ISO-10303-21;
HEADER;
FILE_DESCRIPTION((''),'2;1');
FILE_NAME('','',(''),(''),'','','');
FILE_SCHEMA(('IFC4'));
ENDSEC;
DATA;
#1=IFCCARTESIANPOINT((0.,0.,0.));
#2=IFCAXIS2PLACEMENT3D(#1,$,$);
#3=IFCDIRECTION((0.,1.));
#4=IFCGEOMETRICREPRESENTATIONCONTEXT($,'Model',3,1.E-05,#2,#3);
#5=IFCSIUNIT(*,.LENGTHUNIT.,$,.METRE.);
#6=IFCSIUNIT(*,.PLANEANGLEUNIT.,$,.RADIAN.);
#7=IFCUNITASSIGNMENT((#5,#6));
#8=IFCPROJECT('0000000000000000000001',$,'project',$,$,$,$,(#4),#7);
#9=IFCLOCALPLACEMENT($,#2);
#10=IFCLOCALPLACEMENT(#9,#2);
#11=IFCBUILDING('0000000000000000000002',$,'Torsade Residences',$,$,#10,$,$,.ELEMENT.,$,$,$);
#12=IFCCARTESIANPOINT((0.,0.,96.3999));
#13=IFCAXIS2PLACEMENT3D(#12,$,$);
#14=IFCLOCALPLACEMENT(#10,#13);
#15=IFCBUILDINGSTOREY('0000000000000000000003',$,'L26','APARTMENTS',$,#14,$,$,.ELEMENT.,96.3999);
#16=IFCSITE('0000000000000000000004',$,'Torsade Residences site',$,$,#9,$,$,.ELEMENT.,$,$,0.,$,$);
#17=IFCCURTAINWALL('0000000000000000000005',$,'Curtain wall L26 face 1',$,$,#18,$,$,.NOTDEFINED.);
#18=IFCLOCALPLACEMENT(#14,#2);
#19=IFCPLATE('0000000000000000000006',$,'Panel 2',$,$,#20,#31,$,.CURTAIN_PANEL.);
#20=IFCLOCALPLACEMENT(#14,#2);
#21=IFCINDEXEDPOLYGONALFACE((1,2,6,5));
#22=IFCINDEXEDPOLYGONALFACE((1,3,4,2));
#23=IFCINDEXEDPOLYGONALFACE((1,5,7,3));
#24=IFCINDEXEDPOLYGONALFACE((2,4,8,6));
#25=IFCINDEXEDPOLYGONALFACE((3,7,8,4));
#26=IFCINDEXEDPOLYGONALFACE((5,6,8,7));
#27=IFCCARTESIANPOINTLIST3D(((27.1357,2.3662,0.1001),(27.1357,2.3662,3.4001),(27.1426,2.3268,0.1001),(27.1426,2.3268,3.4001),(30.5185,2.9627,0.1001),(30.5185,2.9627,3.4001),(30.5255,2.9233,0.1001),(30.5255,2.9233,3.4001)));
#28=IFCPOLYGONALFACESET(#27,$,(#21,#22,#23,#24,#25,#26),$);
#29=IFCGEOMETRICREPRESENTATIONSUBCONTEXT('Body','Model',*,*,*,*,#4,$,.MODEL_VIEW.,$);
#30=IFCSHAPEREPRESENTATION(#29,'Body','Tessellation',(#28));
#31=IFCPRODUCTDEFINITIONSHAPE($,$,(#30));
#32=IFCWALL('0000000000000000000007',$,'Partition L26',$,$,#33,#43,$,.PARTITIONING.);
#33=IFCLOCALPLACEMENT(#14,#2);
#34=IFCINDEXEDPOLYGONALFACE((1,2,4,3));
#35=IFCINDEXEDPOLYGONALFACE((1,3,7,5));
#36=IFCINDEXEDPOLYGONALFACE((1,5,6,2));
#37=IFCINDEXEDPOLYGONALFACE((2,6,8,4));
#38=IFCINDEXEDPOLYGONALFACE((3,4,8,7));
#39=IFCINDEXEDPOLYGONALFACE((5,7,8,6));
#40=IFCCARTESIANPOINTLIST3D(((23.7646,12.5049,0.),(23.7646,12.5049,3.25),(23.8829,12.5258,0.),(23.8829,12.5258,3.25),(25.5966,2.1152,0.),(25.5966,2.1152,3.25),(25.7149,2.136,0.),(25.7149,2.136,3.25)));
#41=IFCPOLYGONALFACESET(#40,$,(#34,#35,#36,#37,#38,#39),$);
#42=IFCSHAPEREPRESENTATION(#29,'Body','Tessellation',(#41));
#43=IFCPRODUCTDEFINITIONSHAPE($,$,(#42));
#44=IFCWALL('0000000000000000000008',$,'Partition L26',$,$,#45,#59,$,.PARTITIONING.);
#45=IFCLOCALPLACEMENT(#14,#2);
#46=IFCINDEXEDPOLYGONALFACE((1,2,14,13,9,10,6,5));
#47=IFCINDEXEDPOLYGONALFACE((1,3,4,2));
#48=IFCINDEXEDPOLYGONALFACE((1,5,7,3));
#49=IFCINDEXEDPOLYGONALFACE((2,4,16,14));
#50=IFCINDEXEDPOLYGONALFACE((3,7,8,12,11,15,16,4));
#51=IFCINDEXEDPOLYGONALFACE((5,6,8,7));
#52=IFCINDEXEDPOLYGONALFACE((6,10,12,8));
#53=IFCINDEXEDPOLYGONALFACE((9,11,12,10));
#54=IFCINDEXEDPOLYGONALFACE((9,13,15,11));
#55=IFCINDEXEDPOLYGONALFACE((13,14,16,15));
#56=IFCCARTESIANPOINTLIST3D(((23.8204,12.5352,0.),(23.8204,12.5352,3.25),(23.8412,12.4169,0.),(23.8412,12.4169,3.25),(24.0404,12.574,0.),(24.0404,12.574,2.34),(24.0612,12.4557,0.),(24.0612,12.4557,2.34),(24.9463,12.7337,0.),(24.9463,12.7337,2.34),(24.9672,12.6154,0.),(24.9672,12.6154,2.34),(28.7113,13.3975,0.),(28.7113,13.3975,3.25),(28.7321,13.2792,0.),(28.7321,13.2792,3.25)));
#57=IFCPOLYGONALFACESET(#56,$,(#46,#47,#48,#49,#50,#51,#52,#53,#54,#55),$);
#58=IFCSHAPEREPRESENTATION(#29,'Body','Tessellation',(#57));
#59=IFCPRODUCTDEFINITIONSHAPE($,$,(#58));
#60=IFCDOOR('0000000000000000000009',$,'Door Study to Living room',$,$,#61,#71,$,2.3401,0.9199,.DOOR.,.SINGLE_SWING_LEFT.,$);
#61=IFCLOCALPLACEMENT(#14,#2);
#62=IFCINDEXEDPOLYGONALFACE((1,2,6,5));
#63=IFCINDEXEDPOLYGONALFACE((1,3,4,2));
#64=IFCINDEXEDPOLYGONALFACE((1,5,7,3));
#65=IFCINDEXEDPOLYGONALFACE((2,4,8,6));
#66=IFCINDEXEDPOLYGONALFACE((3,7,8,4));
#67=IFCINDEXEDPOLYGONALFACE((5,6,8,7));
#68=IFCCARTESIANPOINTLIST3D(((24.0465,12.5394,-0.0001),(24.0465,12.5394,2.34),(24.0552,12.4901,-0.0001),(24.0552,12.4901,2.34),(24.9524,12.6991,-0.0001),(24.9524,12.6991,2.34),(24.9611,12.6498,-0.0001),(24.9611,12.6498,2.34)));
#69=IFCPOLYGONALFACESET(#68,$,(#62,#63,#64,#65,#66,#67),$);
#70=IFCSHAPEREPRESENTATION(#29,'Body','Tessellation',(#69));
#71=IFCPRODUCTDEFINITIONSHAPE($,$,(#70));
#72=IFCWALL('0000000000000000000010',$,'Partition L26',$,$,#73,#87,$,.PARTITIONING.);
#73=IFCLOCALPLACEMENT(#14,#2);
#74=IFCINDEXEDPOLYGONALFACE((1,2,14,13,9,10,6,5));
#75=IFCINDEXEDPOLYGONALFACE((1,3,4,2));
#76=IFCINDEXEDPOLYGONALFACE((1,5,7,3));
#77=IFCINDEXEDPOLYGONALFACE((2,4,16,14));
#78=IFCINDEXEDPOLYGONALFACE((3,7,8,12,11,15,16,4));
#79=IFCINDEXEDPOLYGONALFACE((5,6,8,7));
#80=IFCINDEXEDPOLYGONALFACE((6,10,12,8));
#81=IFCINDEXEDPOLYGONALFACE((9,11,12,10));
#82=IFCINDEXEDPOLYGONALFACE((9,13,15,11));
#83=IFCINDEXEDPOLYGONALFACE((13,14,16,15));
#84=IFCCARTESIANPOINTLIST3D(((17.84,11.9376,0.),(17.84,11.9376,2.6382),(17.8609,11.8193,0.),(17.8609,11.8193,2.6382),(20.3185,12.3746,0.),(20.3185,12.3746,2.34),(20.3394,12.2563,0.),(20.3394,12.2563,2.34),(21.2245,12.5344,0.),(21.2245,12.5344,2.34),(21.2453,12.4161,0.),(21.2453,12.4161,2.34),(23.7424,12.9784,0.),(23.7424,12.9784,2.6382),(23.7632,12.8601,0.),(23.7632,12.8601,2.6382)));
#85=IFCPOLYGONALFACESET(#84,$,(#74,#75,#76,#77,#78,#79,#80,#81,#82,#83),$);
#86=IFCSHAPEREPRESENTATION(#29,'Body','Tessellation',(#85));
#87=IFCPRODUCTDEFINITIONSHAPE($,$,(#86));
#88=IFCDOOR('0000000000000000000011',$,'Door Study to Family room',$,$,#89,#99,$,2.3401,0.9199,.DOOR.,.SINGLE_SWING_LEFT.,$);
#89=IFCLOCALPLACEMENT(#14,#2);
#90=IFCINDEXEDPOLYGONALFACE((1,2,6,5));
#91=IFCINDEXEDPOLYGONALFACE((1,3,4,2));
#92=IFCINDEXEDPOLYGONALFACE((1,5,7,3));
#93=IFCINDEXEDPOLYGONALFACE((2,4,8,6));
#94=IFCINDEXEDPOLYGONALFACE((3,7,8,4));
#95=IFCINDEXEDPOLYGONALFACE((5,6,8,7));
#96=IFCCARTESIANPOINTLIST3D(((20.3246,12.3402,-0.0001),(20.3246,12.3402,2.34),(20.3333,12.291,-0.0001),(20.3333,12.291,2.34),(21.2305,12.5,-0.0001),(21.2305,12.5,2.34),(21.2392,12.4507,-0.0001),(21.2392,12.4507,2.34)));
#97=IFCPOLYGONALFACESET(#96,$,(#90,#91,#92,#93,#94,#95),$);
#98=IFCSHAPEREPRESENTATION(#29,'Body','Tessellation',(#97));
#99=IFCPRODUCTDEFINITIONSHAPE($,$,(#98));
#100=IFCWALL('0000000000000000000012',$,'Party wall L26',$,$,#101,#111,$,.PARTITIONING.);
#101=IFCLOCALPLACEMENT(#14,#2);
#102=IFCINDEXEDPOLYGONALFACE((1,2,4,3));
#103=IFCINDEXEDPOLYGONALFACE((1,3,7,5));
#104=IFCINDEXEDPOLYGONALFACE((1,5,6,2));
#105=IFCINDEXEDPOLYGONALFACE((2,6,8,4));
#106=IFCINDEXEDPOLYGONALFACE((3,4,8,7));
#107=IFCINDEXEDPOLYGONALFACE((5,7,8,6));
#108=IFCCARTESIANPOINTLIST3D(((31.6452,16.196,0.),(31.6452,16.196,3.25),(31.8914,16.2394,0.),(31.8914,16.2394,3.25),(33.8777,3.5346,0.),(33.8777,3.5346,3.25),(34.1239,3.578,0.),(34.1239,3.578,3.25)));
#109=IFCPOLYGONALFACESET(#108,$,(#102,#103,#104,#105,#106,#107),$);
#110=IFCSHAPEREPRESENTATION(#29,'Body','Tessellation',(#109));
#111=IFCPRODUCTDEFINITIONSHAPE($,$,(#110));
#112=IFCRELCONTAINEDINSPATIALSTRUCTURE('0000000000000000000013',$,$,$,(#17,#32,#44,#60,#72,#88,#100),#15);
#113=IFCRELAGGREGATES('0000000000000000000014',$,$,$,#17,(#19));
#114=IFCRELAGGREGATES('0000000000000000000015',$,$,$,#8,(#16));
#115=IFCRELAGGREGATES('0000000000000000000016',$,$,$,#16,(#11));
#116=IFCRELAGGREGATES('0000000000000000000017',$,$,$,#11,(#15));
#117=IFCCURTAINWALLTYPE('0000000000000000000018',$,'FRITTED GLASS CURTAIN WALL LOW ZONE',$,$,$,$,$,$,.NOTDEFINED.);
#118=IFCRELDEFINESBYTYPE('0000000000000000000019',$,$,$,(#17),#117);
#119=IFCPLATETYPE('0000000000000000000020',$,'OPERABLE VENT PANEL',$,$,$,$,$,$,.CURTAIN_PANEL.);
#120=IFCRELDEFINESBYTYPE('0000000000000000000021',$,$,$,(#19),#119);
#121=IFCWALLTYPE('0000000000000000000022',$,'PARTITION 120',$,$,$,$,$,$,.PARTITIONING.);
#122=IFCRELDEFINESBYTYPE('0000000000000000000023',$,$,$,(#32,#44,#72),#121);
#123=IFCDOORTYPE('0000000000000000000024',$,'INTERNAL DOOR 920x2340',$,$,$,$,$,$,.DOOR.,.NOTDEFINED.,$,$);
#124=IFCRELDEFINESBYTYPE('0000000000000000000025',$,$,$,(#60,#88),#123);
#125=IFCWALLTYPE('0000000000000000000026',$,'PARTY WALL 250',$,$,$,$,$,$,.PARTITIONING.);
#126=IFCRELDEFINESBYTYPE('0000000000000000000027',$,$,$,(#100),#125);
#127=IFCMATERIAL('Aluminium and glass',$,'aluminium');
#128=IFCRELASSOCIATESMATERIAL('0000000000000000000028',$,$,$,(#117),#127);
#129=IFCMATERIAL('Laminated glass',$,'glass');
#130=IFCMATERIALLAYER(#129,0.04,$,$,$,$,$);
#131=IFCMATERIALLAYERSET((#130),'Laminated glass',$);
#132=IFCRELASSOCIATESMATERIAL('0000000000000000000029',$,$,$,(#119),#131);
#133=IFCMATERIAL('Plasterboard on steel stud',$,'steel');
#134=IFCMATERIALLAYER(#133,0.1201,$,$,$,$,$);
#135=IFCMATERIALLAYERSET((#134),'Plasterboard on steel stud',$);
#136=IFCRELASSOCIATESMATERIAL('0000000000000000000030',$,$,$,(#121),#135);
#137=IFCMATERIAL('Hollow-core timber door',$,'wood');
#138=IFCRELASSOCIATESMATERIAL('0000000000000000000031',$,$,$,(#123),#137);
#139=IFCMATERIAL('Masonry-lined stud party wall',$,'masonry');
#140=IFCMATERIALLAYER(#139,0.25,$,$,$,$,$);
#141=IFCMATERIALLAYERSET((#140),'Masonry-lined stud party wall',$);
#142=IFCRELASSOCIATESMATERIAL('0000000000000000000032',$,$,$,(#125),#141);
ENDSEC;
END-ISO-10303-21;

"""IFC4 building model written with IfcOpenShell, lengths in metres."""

from ifc_helpers import new_model, si_unit, direction, frame, frame_2d, origin, origin_2d, place, context, subcontext, project, spatial, rectangle, extrude, material, layer, layer_set, type_object, element, fill, aggregate, save


model = new_model("IFC4")

# Units and contexts
model_context = context("Model", 3, precision=1e-05, world=origin(), true_north=direction((0.0, 1.0)))
body_context = subcontext(model_context, "Body", "Model", "MODEL_VIEW")
ifc_project = project(units=[si_unit("LENGTHUNIT", "METRE"), si_unit("PLANEANGLEUNIT", "RADIAN")], contexts=[model_context])

# Site, building, storey
site_placement = place(None, origin())
site = spatial("IfcSite", under=ifc_project, at=site_placement, Name="Torsade Residences site", CompositionType="ELEMENT", RefElevation=0.0)
building_placement = place(site_placement, origin())
building = spatial("IfcBuilding", under=site, at=building_placement, Name="Torsade Residences", CompositionType="ELEMENT")
storey_placement = place(building_placement, frame((0.0, 0.0, 96.3999)))
storey = spatial("IfcBuildingStorey", under=building, at=storey_placement, Name="L26", Description="APARTMENTS", CompositionType="ELEMENT", Elevation=96.3999)

# Curtain wall
ifc_material_1 = material(Name="Aluminium and glass", Category="aluminium")
curtain_wall_type = type_object("IfcCurtainWallType", Name="FRITTED GLASS CURTAIN WALL LOW ZONE", PredefinedType="NOTDEFINED", material=ifc_material_1)
curtain_wall_placement = place(storey_placement, origin())
curtain_wall = element("IfcCurtainWall", 1, at=curtain_wall_placement, inside=storey, type_object=curtain_wall_type, Name="Curtain wall L26 face 1", PredefinedType="NOTDEFINED")

# Plate
ifc_material_2 = material(Name="Laminated glass", Category="glass")
ifc_layer_1 = layer(ifc_material_2, 0.04)
ifc_layer_set_1 = layer_set([ifc_layer_1], Name="Laminated glass")
plate_type_1 = type_object("IfcPlateType", Name="OPERABLE VENT PANEL", PredefinedType="CURTAIN_PANEL", material=ifc_layer_set_1)
plate_1_placement = place(storey_placement, frame((28.8306, 2.6448, 0.1001), z_axis=(0.0, 0.0, 1.0), x_axis=(0.984808, 0.173648, 0.0)))
plate_1 = element("IfcPlate", 2, at=plate_1_placement, type_object=plate_type_1, Name="Panel 2", PredefinedType="CURTAIN_PANEL", context=body_context, shape_type="SweptSolid", body=[
    extrude(rectangle(XDim=3.4351, YDim=0.04, at=origin_2d()), origin(), (0.0, 0.0, 1.0), 3.3),
])
aggregate(curtain_wall, [plate_1])

# Wall
ifc_material_3 = material(Name="Plasterboard on steel stud", Category="steel")
ifc_layer_2 = layer(ifc_material_3, 0.1201)
ifc_layer_set_2 = layer_set([ifc_layer_2], Name="Plasterboard on steel stud")
wall_type_1 = type_object("IfcWallType", Name="PARTITION 120", PredefinedType="PARTITIONING", material=ifc_layer_set_2)
wall_1_placement = place(storey_placement, frame((25.6558, 2.1257, 0.0), z_axis=(0.0, 0.0, 1.0), x_axis=(-0.173653, 0.984807, 0.0)))
element("IfcWall", 3, at=wall_1_placement, inside=storey, type_object=wall_type_1, Name="Partition L26", PredefinedType="PARTITIONING", context=body_context, shape_type="SweptSolid", body=[
    extrude(rectangle(XDim=10.55, YDim=0.1201, at=frame_2d((5.2749, 0.0))), origin(), (0.0, 0.0, 1.0), 3.25),
])

# Walls, openings, doors
wall_2_placement = place(storey_placement, frame((23.8308, 12.4761, 0.0), z_axis=(0.0, 0.0, 1.0), x_axis=(0.984811, 0.173631, 0.0)))
wall_2 = element("IfcWall", 4, at=wall_2_placement, inside=storey, type_object=wall_type_1, Name="Partition L26", PredefinedType="PARTITIONING", context=body_context, shape_type="SweptSolid", body=[
    extrude(rectangle(XDim=4.9663, YDim=0.1201, at=frame_2d((2.4832, 0.0))), origin(), (0.0, 0.0, 1.0), 3.25),
])
opening_1_placement = place(wall_2_placement, frame((0.2234, 0.0, 0.0)))
opening_1 = element("IfcOpeningElement", 5, at=opening_1_placement, cuts=wall_2, PredefinedType="OPENING", context=body_context, shape_type="SweptSolid", body=[
    extrude(rectangle(XDim=0.9199, YDim=2.3401, at=frame_2d((0.46, 1.1699))), frame((0.0, 0.0701, 0.0), z_axis=(0.0, -1.0, 0.0), x_axis=(1.0, 0.0, 0.0)), (0.0, 0.0, 1.0), 0.1401),
])
ifc_material_4 = material(Name="Hollow-core timber door", Category="wood")
door_type = type_object("IfcDoorType", Name="INTERNAL DOOR 920x2340", OperationType="NOTDEFINED", PredefinedType="DOOR", material=ifc_material_4)
door_1_placement = place(opening_1_placement, origin())
door_1 = element("IfcDoor", 6, at=door_1_placement, inside=storey, type_object=door_type, Name="Door Study to Living room", OperationType="SINGLE_SWING_LEFT", OverallHeight=2.3401, OverallWidth=0.9199, PredefinedType="DOOR", context=body_context, shape_type="SweptSolid", body=[
    extrude(rectangle(XDim=0.9199, YDim=2.3401, at=frame_2d((0.46, 1.1699))), frame((0.0, 0.0249, 0.0), z_axis=(0.0, -1.0, 0.0), x_axis=(1.0, 0.0, 0.0)), (0.0, 0.0, 1.0), 0.05),
])
fill(opening_1, door_1)
wall_3_placement = place(storey_placement, frame((23.7527, 12.9192, 0.0), z_axis=(0.0, 0.0, 1.0), x_axis=(-0.984807, -0.173653, 0.0)))
wall_3 = element("IfcWall", 7, at=wall_3_placement, inside=storey, type_object=wall_type_1, Name="Partition L26", PredefinedType="PARTITIONING", context=body_context, shape_type="SweptSolid", body=[
    extrude(rectangle(XDim=5.9934, YDim=0.1201, at=frame_2d((2.9966, 0.0))), origin(), (0.0, 0.0, 1.0), 2.6382),
])
opening_2_placement = place(wall_3_placement, frame((2.5566, 0.0, 0.0)))
opening_2 = element("IfcOpeningElement", 8, at=opening_2_placement, cuts=wall_3, PredefinedType="OPENING", context=body_context, shape_type="SweptSolid", body=[
    extrude(rectangle(XDim=0.9199, YDim=2.3401, at=frame_2d((0.46, 1.1699))), frame((0.0, 0.0701, 0.0), z_axis=(0.0, -1.0, 0.0), x_axis=(1.0, 0.0, 0.0)), (0.0, 0.0, 1.0), 0.1401),
])
door_2_placement = place(opening_2_placement, origin())
door_2 = element("IfcDoor", 9, at=door_2_placement, inside=storey, type_object=door_type, Name="Door Study to Family room", OperationType="SINGLE_SWING_LEFT", OverallHeight=2.3401, OverallWidth=0.9199, PredefinedType="DOOR", context=body_context, shape_type="SweptSolid", body=[
    extrude(rectangle(XDim=0.9199, YDim=2.3401, at=frame_2d((0.46, 1.1699))), frame((0.0, 0.0249, 0.0), z_axis=(0.0, -1.0, 0.0), x_axis=(1.0, 0.0, 0.0)), (0.0, 0.0, 1.0), 0.05),
])
fill(opening_2, door_2)

# Wall
ifc_material_5 = material(Name="Masonry-lined stud party wall", Category="masonry")
ifc_layer_3 = layer(ifc_material_5, 0.25)
ifc_layer_set_3 = layer_set([ifc_layer_3], Name="Masonry-lined stud party wall")
wall_type_2 = type_object("IfcWallType", Name="PARTY WALL 250", PredefinedType="PARTITIONING", material=ifc_layer_set_3)
wall_4_placement = place(storey_placement, frame((34.0007, 3.5564, 0.0), z_axis=(0.0, 0.0, 1.0), x_axis=(-0.173639, 0.984809, 0.0)))
element("IfcWall", 10, at=wall_4_placement, inside=storey, type_object=wall_type_2, Name="Party wall L26", PredefinedType="PARTITIONING", context=body_context, shape_type="SweptSolid", body=[
    extrude(rectangle(XDim=12.8567, YDim=0.25, at=frame_2d((6.4282, 0.0))), origin(), (0.0, 0.0, 1.0), 3.25),
])

save(model, "model.ifc")
